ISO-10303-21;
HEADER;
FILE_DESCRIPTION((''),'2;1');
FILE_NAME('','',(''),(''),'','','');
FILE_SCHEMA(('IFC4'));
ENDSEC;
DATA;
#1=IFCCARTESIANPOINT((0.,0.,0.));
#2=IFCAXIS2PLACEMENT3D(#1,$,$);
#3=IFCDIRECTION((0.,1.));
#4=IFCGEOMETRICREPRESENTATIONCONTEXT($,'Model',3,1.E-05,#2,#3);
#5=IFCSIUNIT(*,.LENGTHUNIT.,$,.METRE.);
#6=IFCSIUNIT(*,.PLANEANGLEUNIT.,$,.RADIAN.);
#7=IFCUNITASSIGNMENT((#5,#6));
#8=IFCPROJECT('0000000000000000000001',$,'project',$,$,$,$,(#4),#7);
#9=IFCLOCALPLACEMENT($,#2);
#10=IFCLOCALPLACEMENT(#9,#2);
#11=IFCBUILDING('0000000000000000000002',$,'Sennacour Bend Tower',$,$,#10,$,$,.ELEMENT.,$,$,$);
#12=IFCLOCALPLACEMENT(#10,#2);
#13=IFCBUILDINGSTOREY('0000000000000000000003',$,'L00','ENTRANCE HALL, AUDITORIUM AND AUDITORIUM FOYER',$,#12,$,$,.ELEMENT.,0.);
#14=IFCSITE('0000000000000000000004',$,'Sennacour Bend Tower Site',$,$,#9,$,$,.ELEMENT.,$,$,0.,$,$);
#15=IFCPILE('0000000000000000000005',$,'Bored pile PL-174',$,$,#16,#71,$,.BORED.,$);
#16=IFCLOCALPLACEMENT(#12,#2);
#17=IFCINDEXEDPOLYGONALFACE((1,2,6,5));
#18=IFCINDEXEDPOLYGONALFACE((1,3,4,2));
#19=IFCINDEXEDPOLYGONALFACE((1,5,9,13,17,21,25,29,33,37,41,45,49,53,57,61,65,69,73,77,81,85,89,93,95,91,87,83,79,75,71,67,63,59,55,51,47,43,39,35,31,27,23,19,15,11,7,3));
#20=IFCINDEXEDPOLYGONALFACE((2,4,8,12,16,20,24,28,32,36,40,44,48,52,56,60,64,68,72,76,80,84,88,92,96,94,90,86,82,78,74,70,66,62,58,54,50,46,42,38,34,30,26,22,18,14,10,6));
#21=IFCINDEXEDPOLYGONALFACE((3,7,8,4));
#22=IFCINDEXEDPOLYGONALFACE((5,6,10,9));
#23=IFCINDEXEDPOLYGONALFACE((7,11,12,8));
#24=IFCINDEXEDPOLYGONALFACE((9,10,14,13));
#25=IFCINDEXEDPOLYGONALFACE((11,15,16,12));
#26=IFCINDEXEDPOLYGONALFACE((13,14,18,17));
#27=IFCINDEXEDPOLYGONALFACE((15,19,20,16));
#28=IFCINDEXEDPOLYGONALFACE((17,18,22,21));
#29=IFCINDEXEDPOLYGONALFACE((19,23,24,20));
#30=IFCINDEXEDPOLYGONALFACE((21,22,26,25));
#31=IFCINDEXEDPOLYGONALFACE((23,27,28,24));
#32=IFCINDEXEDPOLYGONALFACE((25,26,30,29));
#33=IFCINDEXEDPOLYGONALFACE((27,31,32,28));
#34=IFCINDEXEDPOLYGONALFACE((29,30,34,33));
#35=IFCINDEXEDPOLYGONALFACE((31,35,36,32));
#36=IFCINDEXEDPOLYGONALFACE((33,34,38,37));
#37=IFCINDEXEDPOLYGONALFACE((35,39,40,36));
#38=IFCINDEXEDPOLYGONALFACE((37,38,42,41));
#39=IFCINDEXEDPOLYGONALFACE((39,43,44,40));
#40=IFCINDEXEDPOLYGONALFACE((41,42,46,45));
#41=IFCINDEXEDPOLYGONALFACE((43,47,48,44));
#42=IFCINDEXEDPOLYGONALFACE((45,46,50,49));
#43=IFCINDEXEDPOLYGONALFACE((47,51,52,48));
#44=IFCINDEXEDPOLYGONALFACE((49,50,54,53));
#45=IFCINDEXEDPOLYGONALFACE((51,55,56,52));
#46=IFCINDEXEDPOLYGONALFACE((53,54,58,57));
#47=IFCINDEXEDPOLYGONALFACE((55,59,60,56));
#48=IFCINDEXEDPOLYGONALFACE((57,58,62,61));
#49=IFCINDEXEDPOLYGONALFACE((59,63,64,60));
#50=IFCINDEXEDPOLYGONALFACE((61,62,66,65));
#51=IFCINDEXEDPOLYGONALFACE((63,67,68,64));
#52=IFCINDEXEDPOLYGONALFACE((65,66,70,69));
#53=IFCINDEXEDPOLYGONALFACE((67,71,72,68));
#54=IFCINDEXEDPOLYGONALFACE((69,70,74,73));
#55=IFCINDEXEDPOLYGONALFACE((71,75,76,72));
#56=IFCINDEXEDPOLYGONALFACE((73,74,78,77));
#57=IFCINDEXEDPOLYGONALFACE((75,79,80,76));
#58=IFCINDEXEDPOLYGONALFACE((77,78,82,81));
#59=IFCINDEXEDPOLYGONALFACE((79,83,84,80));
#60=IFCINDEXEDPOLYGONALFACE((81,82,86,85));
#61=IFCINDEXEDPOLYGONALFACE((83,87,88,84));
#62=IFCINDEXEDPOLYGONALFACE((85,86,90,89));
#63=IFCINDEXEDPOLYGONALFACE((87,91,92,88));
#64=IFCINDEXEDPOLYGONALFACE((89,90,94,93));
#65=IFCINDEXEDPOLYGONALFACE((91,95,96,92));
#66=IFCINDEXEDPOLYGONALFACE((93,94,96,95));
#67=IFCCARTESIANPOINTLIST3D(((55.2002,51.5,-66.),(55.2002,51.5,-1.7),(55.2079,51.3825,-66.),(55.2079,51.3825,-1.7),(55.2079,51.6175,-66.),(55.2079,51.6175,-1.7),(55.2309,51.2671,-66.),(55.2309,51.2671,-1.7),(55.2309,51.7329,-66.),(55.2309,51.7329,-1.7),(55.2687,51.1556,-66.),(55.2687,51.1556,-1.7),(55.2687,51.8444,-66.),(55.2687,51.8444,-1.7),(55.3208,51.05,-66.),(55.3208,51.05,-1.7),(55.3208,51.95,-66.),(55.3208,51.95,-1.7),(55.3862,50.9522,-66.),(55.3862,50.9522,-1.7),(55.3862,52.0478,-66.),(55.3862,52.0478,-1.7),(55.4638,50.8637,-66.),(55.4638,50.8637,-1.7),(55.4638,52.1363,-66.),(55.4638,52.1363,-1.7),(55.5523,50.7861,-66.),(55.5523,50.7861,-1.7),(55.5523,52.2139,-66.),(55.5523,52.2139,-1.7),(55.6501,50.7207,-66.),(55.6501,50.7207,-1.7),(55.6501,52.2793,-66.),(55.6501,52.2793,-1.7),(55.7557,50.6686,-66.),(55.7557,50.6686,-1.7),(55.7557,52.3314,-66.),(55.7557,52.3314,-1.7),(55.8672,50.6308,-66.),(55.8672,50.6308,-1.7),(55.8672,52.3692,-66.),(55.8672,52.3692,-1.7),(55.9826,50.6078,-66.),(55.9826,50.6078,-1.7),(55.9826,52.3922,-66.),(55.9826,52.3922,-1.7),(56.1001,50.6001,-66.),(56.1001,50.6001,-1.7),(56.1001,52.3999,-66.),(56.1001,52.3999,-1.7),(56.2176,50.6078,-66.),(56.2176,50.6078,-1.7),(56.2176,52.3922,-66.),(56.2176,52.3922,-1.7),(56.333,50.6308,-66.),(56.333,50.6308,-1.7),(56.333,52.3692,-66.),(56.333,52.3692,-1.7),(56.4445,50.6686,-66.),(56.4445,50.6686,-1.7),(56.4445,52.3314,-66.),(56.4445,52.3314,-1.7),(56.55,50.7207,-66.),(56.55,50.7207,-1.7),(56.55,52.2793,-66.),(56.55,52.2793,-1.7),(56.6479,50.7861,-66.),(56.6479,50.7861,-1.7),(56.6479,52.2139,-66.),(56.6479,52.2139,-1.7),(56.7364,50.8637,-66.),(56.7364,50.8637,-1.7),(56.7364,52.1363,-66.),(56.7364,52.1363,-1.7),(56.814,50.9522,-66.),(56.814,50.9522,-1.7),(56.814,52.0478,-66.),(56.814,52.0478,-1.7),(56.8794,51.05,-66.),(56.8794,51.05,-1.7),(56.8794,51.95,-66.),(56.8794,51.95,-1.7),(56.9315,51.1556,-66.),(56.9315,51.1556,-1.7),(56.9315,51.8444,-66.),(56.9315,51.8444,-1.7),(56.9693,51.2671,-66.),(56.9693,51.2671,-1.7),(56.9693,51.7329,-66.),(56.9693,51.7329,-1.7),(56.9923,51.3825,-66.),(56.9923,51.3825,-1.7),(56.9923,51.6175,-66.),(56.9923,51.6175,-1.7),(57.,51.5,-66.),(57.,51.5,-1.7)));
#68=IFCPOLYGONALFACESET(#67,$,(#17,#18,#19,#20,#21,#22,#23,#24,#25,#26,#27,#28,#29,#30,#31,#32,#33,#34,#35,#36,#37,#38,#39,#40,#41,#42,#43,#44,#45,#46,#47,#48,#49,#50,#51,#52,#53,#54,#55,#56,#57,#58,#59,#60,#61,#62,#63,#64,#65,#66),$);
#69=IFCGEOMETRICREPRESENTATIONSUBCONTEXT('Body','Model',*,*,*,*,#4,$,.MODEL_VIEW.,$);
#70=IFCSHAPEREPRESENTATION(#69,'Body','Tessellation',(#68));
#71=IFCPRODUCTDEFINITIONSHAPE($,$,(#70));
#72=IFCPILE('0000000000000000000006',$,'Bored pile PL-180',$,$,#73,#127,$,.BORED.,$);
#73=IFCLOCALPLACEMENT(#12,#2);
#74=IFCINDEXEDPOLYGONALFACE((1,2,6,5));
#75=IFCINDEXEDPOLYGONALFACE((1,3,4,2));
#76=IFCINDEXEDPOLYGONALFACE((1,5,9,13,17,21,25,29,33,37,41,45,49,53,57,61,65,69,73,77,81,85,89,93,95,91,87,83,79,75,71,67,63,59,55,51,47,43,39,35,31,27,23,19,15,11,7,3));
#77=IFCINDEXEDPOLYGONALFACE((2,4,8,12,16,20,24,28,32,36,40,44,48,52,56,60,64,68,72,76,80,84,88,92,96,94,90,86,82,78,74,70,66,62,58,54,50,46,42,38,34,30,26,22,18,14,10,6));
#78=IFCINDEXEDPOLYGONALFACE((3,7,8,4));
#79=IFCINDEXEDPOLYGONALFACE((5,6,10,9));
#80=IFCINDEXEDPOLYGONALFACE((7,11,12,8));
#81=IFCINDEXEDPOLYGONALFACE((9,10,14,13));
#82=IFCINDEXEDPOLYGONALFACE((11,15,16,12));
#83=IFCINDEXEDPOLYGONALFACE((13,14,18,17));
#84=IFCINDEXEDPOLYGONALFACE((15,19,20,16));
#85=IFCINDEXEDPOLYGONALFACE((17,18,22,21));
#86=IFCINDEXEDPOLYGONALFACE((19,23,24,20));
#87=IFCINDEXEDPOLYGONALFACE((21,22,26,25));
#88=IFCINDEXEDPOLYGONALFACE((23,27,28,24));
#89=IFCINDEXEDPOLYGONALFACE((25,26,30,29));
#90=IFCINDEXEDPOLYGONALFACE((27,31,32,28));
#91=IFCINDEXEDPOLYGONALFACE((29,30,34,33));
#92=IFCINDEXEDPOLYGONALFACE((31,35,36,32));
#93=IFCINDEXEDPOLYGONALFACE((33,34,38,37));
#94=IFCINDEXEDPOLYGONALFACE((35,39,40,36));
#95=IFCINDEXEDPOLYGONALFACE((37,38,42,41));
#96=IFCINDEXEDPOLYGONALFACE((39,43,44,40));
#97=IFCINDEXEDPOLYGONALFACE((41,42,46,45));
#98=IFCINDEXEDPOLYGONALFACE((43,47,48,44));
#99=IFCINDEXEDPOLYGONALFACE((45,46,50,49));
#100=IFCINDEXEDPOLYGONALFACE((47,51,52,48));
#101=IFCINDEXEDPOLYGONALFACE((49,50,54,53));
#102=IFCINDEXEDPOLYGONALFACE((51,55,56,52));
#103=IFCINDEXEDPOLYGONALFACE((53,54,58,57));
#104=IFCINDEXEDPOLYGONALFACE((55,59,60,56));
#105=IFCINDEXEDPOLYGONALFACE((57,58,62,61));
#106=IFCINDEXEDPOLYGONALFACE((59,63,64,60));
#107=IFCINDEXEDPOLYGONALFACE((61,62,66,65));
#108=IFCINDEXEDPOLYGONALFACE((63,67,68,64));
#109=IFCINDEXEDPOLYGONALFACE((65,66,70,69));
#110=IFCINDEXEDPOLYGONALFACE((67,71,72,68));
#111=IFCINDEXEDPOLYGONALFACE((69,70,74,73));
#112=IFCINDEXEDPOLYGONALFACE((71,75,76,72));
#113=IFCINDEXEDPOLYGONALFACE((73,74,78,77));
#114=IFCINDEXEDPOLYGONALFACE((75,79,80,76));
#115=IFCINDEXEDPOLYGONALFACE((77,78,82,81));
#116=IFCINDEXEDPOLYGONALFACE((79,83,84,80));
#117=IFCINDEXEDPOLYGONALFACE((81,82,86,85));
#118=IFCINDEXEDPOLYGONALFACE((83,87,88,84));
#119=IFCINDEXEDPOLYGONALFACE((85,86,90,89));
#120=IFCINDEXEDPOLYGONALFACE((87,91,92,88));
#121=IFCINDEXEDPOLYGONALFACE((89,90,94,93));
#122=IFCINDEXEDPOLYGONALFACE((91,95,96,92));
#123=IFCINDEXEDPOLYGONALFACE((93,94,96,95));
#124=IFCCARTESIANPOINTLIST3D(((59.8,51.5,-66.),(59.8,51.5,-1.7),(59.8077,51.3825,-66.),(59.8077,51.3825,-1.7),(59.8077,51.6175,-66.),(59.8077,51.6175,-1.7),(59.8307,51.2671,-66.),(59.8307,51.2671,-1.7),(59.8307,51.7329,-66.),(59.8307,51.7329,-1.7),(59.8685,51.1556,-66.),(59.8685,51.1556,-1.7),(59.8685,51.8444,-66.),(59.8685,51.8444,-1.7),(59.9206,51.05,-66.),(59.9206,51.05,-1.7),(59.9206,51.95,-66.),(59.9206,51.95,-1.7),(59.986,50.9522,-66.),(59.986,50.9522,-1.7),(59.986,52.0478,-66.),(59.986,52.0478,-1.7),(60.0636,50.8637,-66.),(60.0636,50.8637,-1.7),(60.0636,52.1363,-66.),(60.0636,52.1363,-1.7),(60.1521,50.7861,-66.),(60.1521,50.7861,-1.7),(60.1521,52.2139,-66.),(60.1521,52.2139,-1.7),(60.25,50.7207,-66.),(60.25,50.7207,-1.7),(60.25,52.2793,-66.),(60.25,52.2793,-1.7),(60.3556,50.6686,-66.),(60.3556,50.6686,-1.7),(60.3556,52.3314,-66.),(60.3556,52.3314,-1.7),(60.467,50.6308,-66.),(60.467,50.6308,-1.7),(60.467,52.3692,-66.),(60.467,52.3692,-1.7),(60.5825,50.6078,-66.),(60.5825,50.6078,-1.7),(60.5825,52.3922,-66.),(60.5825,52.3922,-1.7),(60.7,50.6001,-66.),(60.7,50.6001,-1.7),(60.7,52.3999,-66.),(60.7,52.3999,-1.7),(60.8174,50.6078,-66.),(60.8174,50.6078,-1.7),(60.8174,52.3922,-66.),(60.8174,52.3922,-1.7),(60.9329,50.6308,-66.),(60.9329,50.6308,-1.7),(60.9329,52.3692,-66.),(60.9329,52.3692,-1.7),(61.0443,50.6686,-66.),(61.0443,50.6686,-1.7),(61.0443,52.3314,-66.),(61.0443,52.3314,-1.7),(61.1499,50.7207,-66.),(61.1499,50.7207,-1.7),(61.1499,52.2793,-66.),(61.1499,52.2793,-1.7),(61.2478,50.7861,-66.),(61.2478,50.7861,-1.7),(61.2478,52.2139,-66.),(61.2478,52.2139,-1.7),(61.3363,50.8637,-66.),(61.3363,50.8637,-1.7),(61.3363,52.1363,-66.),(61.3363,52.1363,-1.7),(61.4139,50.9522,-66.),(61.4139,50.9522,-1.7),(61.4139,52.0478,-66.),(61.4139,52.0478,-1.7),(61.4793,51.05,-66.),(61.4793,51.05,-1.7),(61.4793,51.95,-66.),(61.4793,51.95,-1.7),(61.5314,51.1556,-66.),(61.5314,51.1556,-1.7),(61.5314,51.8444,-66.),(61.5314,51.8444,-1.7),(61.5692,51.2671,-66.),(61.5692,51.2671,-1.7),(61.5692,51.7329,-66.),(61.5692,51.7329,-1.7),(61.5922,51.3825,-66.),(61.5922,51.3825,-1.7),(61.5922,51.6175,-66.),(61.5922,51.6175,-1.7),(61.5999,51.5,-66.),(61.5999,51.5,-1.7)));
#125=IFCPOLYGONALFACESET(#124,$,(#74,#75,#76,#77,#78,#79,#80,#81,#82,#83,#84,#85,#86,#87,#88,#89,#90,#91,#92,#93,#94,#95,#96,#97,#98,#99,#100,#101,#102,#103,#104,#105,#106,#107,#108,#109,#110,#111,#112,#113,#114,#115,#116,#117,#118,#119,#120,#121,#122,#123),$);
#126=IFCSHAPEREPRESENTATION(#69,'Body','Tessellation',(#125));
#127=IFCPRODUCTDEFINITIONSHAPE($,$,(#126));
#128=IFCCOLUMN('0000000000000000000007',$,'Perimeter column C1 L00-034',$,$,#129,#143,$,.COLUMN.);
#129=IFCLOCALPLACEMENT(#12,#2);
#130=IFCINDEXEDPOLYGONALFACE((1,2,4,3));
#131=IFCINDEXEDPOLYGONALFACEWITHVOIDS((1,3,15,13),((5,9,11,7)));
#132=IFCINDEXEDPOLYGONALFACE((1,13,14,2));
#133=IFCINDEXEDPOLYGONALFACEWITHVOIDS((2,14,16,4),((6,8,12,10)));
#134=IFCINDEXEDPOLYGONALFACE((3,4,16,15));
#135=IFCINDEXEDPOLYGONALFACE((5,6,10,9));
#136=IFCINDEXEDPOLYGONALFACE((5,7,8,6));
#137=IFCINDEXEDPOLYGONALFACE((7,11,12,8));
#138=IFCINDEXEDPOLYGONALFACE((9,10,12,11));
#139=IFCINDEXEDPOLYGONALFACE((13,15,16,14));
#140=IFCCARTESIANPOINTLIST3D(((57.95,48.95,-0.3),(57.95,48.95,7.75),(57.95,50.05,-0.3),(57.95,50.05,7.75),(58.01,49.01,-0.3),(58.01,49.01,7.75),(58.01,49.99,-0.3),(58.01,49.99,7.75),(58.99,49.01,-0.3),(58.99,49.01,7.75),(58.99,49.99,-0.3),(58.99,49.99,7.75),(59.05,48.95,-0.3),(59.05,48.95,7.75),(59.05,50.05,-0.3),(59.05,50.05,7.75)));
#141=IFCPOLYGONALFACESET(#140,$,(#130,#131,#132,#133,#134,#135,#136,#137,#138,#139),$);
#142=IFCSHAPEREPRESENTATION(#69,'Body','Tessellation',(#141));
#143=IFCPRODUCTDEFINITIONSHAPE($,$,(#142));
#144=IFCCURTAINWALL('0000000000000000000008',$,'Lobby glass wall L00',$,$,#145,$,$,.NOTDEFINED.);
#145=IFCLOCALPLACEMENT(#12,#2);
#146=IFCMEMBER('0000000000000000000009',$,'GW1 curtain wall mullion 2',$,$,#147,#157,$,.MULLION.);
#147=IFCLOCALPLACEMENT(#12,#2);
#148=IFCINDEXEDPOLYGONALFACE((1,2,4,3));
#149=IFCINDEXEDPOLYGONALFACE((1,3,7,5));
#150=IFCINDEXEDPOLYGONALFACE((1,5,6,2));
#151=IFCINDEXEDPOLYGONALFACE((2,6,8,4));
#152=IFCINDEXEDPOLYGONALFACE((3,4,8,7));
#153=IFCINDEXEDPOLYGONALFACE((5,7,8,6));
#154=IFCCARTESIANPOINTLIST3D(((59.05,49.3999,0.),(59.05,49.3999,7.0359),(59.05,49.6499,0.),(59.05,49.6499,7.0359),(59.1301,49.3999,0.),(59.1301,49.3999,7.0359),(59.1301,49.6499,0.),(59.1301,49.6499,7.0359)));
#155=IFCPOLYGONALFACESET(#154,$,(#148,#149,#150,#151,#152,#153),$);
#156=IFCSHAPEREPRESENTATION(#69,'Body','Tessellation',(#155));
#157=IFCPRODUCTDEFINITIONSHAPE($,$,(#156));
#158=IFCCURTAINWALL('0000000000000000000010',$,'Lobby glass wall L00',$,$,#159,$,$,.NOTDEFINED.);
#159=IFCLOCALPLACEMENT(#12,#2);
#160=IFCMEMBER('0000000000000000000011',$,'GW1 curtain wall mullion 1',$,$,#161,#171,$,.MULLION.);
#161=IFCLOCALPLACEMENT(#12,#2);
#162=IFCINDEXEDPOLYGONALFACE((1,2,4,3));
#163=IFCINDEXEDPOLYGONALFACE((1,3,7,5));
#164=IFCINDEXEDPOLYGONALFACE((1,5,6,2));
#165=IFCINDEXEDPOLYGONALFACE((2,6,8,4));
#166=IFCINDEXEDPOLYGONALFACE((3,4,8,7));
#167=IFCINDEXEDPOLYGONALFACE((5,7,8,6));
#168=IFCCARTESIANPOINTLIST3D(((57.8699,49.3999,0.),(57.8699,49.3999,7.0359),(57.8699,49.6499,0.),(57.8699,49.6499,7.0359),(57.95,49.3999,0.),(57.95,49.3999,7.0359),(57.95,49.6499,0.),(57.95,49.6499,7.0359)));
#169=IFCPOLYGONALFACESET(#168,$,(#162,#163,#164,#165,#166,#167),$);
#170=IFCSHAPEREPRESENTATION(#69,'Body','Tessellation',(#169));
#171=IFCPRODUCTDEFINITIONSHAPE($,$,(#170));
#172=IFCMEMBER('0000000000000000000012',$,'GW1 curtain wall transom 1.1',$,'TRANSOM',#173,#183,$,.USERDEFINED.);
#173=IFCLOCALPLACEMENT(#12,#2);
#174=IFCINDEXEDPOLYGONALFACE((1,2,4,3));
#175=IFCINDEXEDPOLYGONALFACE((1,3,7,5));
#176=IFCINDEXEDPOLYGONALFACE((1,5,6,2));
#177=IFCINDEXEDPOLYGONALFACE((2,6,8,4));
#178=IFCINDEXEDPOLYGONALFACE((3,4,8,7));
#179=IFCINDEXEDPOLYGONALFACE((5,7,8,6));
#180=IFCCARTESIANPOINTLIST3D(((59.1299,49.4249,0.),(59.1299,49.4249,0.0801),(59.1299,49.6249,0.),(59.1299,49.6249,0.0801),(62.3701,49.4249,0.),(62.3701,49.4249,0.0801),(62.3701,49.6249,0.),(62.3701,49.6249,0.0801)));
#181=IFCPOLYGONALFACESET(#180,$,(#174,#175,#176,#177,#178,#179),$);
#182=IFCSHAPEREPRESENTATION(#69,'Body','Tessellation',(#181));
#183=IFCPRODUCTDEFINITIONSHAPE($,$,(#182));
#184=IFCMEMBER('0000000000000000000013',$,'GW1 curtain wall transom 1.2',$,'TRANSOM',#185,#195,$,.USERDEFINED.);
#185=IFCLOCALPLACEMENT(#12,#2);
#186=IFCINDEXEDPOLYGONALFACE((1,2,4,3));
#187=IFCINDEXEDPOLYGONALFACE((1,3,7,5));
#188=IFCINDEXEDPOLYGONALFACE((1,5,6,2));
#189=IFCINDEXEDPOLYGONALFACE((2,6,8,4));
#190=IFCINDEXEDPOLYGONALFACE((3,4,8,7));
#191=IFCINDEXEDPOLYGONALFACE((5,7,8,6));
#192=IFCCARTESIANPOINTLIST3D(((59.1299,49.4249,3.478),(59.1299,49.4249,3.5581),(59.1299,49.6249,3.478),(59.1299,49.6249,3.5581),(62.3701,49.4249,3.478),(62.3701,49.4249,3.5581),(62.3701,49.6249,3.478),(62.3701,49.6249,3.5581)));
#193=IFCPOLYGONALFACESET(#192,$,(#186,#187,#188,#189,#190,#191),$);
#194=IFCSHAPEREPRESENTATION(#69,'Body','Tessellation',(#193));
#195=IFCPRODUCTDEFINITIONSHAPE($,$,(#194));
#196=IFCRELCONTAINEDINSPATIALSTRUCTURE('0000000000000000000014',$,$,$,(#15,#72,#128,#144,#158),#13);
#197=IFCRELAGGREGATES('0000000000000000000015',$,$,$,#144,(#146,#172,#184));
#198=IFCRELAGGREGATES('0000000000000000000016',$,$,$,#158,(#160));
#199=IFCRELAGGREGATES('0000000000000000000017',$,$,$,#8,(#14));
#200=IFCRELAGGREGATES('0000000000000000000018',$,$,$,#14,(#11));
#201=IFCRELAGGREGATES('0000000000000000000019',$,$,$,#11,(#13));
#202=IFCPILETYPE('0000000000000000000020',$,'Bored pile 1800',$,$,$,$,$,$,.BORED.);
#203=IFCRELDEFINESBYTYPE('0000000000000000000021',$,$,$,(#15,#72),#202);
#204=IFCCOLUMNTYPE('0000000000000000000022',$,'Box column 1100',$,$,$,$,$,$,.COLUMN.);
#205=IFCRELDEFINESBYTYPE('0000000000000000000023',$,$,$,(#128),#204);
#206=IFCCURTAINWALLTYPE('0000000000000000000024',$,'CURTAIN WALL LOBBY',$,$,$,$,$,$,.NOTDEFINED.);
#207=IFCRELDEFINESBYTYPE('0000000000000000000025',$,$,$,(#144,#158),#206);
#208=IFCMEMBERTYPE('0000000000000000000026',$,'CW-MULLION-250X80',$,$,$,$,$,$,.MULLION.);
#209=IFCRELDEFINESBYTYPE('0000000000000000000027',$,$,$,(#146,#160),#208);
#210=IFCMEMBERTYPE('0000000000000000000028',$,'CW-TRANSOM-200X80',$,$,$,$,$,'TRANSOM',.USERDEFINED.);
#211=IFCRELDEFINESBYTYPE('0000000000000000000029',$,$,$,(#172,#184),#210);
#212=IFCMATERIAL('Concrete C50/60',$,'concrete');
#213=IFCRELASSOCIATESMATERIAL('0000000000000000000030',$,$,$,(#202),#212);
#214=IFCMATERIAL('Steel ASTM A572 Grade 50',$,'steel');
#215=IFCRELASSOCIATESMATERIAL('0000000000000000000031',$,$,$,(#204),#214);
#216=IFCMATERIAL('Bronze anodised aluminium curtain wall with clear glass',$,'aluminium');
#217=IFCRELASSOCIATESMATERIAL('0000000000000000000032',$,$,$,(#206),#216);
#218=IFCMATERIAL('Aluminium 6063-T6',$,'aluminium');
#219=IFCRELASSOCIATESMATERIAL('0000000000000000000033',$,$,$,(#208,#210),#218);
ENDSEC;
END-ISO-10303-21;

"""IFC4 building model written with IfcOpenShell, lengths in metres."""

from ifc_helpers import new_model, si_unit, direction, frame, origin, origin_2d, place, context, subcontext, project, spatial, rectangle, hollow_rectangle, circle, extrude, material, material_profile, profile_set, type_object, element, aggregate, save


model = new_model("IFC4")

# Units and contexts
model_context = context("Model", 3, precision=1e-05, world=origin(), true_north=direction((0.0, 1.0)))
body_context = subcontext(model_context, "Body", "Model", "MODEL_VIEW")
ifc_project = project(units=[si_unit("LENGTHUNIT", "METRE"), si_unit("PLANEANGLEUNIT", "RADIAN")], contexts=[model_context])

# Site, building, storey
site_placement = place(None, origin())
site = spatial("IfcSite", under=ifc_project, at=site_placement, Name="Sennacour Bend Tower Site", CompositionType="ELEMENT", RefElevation=0.0)
building_placement = place(site_placement, origin())
building = spatial("IfcBuilding", under=site, at=building_placement, Name="Sennacour Bend Tower", CompositionType="ELEMENT")
storey_placement = place(building_placement, origin())
storey = spatial("IfcBuildingStorey", under=building, at=storey_placement, Name="L00", Description="ENTRANCE HALL, AUDITORIUM AND AUDITORIUM FOYER", CompositionType="ELEMENT", Elevation=0.0)

# Piles
ifc_material_1 = material(Name="Concrete C50/60", Category="concrete")
ifc_material_profile_1 = material_profile(ifc_material_1, circle(Radius=0.8999, at=origin_2d()), Name="Concrete C50/60", Category="concrete")
ifc_profile_set_1 = profile_set([ifc_material_profile_1], Name="Concrete C50/60")
pile_type = type_object("IfcPileType", Name="Bored pile 1800", PredefinedType="BORED", material=ifc_profile_set_1)
for number, where, z_axis, x_axis, name in (
    (1, (56.1001, 51.5, -1.7), (0.0, 0.0, -1.0), (1.0, 0.0, 0.0), "Bored pile PL-174"),
    (2, (60.7, 51.5, -1.7), (0.0, 0.0, -1.0), (1.0, 0.0, 0.0), "Bored pile PL-180"),
):
    element("IfcPile", number, at=place(storey_placement, frame(where, z_axis=z_axis, x_axis=x_axis)), inside=storey, type_object=pile_type, Name=name, PredefinedType="BORED", context=body_context, shape_type="SweptSolid", body=[
        extrude(circle(Radius=0.8999, at=origin_2d()), origin(), (0.0, 0.0, 1.0), 64.3),
    ])

# Column
ifc_material_2 = material(Name="Steel ASTM A572 Grade 50", Category="steel")
ifc_material_profile_2 = material_profile(ifc_material_2, hollow_rectangle(XDim=1.1001, YDim=1.1001, WallThickness=0.0601, at=origin_2d()), Name="Steel ASTM A572 Grade 50", Category="steel")
ifc_profile_set_2 = profile_set([ifc_material_profile_2], Name="Steel ASTM A572 Grade 50")
column_type = type_object("IfcColumnType", Name="Box column 1100", PredefinedType="COLUMN", material=ifc_profile_set_2)
column_placement = place(storey_placement, frame((58.5, 49.5, -0.3), z_axis=(0.0, 0.0, 1.0), x_axis=(1.0, 0.0, 0.0)))
element("IfcColumn", 3, at=column_placement, inside=storey, type_object=column_type, Name="Perimeter column C1 L00-034", PredefinedType="COLUMN", context=body_context, shape_type="SweptSolid", body=[
    extrude(hollow_rectangle(XDim=1.1001, YDim=1.1001, WallThickness=0.0601, at=origin_2d()), origin(), (0.0, 0.0, 1.0), 8.05),
])

# Curtain walls, members
ifc_material_3 = material(Name="Bronze anodised aluminium curtain wall with clear glass", Category="aluminium")
curtain_wall_type = type_object("IfcCurtainWallType", Name="CURTAIN WALL LOBBY", PredefinedType="NOTDEFINED", material=ifc_material_3)
curtain_wall_1_placement = place(storey_placement, origin())
curtain_wall_1 = element("IfcCurtainWall", 4, at=curtain_wall_1_placement, inside=storey, type_object=curtain_wall_type, Name="Lobby glass wall L00", PredefinedType="NOTDEFINED")
ifc_material_4 = material(Name="Aluminium 6063-T6", Category="aluminium")
ifc_material_profile_3 = material_profile(ifc_material_4, rectangle(XDim=0.25, YDim=0.0801, at=origin_2d()), Name="Aluminium 6063-T6", Category="aluminium")
ifc_profile_set_3 = profile_set([ifc_material_profile_3], Name="Aluminium 6063-T6")
member_type_1 = type_object("IfcMemberType", Name="CW-MULLION-250X80", PredefinedType="MULLION", material=ifc_profile_set_3)
member_1_placement = place(storey_placement, frame((59.0901, 49.5249, 0.0), z_axis=(0.0, 0.0, 1.0), x_axis=(0.0, -1.0, 0.0)))
member_1 = element("IfcMember", 5, at=member_1_placement, type_object=member_type_1, Name="GW1 curtain wall mullion 2", PredefinedType="MULLION", context=body_context, shape_type="SweptSolid", body=[
    extrude(rectangle(XDim=0.25, YDim=0.0801, at=origin_2d()), origin(), (0.0, 0.0, 1.0), 7.0359),
])
curtain_wall_2_placement = place(storey_placement, origin())
curtain_wall_2 = element("IfcCurtainWall", 6, at=curtain_wall_2_placement, inside=storey, type_object=curtain_wall_type, Name="Lobby glass wall L00", PredefinedType="NOTDEFINED")
member_2_placement = place(storey_placement, frame((57.9099, 49.5249, 0.0), z_axis=(0.0, 0.0, 1.0), x_axis=(0.0, -1.0, 0.0)))
member_2 = element("IfcMember", 7, at=member_2_placement, type_object=member_type_1, Name="GW1 curtain wall mullion 1", PredefinedType="MULLION", context=body_context, shape_type="SweptSolid", body=[
    extrude(rectangle(XDim=0.25, YDim=0.0801, at=origin_2d()), origin(), (0.0, 0.0, 1.0), 7.0359),
])

# Members
ifc_material_profile_4 = material_profile(ifc_material_4, rectangle(XDim=0.2, YDim=0.0801, at=origin_2d()), Name="Aluminium 6063-T6", Category="aluminium")
ifc_profile_set_4 = profile_set([ifc_material_profile_4], Name="Aluminium 6063-T6")
member_type_2 = type_object("IfcMemberType", Name="CW-TRANSOM-200X80", ElementType="TRANSOM", PredefinedType="USERDEFINED", material=ifc_profile_set_4)
member_3_placement = place(storey_placement, frame((62.3701, 49.5249, 0.04), z_axis=(-1.0, 0.0, 0.0), x_axis=(0.0, -1.0, 0.0)))
member_3 = element("IfcMember", 8, at=member_3_placement, type_object=member_type_2, Name="GW1 curtain wall transom 1.1", ObjectType="TRANSOM", PredefinedType="USERDEFINED", context=body_context, shape_type="SweptSolid", body=[
    extrude(rectangle(XDim=0.2, YDim=0.0801, at=origin_2d()), origin(), (0.0, 0.0, 1.0), 3.2402),
])
member_4_placement = place(storey_placement, frame((62.3701, 49.5249, 3.5181), z_axis=(-1.0, 0.0, 0.0), x_axis=(0.0, -1.0, 0.0)))
member_4 = element("IfcMember", 9, at=member_4_placement, type_object=member_type_2, Name="GW1 curtain wall transom 1.2", ObjectType="TRANSOM", PredefinedType="USERDEFINED", context=body_context, shape_type="SweptSolid", body=[
    extrude(rectangle(XDim=0.2, YDim=0.0801, at=origin_2d()), origin(), (0.0, 0.0, 1.0), 3.2402),
])

aggregate(curtain_wall_1, [member_1, member_3, member_4])
aggregate(curtain_wall_2, [member_2])

save(model, "model.ifc")
